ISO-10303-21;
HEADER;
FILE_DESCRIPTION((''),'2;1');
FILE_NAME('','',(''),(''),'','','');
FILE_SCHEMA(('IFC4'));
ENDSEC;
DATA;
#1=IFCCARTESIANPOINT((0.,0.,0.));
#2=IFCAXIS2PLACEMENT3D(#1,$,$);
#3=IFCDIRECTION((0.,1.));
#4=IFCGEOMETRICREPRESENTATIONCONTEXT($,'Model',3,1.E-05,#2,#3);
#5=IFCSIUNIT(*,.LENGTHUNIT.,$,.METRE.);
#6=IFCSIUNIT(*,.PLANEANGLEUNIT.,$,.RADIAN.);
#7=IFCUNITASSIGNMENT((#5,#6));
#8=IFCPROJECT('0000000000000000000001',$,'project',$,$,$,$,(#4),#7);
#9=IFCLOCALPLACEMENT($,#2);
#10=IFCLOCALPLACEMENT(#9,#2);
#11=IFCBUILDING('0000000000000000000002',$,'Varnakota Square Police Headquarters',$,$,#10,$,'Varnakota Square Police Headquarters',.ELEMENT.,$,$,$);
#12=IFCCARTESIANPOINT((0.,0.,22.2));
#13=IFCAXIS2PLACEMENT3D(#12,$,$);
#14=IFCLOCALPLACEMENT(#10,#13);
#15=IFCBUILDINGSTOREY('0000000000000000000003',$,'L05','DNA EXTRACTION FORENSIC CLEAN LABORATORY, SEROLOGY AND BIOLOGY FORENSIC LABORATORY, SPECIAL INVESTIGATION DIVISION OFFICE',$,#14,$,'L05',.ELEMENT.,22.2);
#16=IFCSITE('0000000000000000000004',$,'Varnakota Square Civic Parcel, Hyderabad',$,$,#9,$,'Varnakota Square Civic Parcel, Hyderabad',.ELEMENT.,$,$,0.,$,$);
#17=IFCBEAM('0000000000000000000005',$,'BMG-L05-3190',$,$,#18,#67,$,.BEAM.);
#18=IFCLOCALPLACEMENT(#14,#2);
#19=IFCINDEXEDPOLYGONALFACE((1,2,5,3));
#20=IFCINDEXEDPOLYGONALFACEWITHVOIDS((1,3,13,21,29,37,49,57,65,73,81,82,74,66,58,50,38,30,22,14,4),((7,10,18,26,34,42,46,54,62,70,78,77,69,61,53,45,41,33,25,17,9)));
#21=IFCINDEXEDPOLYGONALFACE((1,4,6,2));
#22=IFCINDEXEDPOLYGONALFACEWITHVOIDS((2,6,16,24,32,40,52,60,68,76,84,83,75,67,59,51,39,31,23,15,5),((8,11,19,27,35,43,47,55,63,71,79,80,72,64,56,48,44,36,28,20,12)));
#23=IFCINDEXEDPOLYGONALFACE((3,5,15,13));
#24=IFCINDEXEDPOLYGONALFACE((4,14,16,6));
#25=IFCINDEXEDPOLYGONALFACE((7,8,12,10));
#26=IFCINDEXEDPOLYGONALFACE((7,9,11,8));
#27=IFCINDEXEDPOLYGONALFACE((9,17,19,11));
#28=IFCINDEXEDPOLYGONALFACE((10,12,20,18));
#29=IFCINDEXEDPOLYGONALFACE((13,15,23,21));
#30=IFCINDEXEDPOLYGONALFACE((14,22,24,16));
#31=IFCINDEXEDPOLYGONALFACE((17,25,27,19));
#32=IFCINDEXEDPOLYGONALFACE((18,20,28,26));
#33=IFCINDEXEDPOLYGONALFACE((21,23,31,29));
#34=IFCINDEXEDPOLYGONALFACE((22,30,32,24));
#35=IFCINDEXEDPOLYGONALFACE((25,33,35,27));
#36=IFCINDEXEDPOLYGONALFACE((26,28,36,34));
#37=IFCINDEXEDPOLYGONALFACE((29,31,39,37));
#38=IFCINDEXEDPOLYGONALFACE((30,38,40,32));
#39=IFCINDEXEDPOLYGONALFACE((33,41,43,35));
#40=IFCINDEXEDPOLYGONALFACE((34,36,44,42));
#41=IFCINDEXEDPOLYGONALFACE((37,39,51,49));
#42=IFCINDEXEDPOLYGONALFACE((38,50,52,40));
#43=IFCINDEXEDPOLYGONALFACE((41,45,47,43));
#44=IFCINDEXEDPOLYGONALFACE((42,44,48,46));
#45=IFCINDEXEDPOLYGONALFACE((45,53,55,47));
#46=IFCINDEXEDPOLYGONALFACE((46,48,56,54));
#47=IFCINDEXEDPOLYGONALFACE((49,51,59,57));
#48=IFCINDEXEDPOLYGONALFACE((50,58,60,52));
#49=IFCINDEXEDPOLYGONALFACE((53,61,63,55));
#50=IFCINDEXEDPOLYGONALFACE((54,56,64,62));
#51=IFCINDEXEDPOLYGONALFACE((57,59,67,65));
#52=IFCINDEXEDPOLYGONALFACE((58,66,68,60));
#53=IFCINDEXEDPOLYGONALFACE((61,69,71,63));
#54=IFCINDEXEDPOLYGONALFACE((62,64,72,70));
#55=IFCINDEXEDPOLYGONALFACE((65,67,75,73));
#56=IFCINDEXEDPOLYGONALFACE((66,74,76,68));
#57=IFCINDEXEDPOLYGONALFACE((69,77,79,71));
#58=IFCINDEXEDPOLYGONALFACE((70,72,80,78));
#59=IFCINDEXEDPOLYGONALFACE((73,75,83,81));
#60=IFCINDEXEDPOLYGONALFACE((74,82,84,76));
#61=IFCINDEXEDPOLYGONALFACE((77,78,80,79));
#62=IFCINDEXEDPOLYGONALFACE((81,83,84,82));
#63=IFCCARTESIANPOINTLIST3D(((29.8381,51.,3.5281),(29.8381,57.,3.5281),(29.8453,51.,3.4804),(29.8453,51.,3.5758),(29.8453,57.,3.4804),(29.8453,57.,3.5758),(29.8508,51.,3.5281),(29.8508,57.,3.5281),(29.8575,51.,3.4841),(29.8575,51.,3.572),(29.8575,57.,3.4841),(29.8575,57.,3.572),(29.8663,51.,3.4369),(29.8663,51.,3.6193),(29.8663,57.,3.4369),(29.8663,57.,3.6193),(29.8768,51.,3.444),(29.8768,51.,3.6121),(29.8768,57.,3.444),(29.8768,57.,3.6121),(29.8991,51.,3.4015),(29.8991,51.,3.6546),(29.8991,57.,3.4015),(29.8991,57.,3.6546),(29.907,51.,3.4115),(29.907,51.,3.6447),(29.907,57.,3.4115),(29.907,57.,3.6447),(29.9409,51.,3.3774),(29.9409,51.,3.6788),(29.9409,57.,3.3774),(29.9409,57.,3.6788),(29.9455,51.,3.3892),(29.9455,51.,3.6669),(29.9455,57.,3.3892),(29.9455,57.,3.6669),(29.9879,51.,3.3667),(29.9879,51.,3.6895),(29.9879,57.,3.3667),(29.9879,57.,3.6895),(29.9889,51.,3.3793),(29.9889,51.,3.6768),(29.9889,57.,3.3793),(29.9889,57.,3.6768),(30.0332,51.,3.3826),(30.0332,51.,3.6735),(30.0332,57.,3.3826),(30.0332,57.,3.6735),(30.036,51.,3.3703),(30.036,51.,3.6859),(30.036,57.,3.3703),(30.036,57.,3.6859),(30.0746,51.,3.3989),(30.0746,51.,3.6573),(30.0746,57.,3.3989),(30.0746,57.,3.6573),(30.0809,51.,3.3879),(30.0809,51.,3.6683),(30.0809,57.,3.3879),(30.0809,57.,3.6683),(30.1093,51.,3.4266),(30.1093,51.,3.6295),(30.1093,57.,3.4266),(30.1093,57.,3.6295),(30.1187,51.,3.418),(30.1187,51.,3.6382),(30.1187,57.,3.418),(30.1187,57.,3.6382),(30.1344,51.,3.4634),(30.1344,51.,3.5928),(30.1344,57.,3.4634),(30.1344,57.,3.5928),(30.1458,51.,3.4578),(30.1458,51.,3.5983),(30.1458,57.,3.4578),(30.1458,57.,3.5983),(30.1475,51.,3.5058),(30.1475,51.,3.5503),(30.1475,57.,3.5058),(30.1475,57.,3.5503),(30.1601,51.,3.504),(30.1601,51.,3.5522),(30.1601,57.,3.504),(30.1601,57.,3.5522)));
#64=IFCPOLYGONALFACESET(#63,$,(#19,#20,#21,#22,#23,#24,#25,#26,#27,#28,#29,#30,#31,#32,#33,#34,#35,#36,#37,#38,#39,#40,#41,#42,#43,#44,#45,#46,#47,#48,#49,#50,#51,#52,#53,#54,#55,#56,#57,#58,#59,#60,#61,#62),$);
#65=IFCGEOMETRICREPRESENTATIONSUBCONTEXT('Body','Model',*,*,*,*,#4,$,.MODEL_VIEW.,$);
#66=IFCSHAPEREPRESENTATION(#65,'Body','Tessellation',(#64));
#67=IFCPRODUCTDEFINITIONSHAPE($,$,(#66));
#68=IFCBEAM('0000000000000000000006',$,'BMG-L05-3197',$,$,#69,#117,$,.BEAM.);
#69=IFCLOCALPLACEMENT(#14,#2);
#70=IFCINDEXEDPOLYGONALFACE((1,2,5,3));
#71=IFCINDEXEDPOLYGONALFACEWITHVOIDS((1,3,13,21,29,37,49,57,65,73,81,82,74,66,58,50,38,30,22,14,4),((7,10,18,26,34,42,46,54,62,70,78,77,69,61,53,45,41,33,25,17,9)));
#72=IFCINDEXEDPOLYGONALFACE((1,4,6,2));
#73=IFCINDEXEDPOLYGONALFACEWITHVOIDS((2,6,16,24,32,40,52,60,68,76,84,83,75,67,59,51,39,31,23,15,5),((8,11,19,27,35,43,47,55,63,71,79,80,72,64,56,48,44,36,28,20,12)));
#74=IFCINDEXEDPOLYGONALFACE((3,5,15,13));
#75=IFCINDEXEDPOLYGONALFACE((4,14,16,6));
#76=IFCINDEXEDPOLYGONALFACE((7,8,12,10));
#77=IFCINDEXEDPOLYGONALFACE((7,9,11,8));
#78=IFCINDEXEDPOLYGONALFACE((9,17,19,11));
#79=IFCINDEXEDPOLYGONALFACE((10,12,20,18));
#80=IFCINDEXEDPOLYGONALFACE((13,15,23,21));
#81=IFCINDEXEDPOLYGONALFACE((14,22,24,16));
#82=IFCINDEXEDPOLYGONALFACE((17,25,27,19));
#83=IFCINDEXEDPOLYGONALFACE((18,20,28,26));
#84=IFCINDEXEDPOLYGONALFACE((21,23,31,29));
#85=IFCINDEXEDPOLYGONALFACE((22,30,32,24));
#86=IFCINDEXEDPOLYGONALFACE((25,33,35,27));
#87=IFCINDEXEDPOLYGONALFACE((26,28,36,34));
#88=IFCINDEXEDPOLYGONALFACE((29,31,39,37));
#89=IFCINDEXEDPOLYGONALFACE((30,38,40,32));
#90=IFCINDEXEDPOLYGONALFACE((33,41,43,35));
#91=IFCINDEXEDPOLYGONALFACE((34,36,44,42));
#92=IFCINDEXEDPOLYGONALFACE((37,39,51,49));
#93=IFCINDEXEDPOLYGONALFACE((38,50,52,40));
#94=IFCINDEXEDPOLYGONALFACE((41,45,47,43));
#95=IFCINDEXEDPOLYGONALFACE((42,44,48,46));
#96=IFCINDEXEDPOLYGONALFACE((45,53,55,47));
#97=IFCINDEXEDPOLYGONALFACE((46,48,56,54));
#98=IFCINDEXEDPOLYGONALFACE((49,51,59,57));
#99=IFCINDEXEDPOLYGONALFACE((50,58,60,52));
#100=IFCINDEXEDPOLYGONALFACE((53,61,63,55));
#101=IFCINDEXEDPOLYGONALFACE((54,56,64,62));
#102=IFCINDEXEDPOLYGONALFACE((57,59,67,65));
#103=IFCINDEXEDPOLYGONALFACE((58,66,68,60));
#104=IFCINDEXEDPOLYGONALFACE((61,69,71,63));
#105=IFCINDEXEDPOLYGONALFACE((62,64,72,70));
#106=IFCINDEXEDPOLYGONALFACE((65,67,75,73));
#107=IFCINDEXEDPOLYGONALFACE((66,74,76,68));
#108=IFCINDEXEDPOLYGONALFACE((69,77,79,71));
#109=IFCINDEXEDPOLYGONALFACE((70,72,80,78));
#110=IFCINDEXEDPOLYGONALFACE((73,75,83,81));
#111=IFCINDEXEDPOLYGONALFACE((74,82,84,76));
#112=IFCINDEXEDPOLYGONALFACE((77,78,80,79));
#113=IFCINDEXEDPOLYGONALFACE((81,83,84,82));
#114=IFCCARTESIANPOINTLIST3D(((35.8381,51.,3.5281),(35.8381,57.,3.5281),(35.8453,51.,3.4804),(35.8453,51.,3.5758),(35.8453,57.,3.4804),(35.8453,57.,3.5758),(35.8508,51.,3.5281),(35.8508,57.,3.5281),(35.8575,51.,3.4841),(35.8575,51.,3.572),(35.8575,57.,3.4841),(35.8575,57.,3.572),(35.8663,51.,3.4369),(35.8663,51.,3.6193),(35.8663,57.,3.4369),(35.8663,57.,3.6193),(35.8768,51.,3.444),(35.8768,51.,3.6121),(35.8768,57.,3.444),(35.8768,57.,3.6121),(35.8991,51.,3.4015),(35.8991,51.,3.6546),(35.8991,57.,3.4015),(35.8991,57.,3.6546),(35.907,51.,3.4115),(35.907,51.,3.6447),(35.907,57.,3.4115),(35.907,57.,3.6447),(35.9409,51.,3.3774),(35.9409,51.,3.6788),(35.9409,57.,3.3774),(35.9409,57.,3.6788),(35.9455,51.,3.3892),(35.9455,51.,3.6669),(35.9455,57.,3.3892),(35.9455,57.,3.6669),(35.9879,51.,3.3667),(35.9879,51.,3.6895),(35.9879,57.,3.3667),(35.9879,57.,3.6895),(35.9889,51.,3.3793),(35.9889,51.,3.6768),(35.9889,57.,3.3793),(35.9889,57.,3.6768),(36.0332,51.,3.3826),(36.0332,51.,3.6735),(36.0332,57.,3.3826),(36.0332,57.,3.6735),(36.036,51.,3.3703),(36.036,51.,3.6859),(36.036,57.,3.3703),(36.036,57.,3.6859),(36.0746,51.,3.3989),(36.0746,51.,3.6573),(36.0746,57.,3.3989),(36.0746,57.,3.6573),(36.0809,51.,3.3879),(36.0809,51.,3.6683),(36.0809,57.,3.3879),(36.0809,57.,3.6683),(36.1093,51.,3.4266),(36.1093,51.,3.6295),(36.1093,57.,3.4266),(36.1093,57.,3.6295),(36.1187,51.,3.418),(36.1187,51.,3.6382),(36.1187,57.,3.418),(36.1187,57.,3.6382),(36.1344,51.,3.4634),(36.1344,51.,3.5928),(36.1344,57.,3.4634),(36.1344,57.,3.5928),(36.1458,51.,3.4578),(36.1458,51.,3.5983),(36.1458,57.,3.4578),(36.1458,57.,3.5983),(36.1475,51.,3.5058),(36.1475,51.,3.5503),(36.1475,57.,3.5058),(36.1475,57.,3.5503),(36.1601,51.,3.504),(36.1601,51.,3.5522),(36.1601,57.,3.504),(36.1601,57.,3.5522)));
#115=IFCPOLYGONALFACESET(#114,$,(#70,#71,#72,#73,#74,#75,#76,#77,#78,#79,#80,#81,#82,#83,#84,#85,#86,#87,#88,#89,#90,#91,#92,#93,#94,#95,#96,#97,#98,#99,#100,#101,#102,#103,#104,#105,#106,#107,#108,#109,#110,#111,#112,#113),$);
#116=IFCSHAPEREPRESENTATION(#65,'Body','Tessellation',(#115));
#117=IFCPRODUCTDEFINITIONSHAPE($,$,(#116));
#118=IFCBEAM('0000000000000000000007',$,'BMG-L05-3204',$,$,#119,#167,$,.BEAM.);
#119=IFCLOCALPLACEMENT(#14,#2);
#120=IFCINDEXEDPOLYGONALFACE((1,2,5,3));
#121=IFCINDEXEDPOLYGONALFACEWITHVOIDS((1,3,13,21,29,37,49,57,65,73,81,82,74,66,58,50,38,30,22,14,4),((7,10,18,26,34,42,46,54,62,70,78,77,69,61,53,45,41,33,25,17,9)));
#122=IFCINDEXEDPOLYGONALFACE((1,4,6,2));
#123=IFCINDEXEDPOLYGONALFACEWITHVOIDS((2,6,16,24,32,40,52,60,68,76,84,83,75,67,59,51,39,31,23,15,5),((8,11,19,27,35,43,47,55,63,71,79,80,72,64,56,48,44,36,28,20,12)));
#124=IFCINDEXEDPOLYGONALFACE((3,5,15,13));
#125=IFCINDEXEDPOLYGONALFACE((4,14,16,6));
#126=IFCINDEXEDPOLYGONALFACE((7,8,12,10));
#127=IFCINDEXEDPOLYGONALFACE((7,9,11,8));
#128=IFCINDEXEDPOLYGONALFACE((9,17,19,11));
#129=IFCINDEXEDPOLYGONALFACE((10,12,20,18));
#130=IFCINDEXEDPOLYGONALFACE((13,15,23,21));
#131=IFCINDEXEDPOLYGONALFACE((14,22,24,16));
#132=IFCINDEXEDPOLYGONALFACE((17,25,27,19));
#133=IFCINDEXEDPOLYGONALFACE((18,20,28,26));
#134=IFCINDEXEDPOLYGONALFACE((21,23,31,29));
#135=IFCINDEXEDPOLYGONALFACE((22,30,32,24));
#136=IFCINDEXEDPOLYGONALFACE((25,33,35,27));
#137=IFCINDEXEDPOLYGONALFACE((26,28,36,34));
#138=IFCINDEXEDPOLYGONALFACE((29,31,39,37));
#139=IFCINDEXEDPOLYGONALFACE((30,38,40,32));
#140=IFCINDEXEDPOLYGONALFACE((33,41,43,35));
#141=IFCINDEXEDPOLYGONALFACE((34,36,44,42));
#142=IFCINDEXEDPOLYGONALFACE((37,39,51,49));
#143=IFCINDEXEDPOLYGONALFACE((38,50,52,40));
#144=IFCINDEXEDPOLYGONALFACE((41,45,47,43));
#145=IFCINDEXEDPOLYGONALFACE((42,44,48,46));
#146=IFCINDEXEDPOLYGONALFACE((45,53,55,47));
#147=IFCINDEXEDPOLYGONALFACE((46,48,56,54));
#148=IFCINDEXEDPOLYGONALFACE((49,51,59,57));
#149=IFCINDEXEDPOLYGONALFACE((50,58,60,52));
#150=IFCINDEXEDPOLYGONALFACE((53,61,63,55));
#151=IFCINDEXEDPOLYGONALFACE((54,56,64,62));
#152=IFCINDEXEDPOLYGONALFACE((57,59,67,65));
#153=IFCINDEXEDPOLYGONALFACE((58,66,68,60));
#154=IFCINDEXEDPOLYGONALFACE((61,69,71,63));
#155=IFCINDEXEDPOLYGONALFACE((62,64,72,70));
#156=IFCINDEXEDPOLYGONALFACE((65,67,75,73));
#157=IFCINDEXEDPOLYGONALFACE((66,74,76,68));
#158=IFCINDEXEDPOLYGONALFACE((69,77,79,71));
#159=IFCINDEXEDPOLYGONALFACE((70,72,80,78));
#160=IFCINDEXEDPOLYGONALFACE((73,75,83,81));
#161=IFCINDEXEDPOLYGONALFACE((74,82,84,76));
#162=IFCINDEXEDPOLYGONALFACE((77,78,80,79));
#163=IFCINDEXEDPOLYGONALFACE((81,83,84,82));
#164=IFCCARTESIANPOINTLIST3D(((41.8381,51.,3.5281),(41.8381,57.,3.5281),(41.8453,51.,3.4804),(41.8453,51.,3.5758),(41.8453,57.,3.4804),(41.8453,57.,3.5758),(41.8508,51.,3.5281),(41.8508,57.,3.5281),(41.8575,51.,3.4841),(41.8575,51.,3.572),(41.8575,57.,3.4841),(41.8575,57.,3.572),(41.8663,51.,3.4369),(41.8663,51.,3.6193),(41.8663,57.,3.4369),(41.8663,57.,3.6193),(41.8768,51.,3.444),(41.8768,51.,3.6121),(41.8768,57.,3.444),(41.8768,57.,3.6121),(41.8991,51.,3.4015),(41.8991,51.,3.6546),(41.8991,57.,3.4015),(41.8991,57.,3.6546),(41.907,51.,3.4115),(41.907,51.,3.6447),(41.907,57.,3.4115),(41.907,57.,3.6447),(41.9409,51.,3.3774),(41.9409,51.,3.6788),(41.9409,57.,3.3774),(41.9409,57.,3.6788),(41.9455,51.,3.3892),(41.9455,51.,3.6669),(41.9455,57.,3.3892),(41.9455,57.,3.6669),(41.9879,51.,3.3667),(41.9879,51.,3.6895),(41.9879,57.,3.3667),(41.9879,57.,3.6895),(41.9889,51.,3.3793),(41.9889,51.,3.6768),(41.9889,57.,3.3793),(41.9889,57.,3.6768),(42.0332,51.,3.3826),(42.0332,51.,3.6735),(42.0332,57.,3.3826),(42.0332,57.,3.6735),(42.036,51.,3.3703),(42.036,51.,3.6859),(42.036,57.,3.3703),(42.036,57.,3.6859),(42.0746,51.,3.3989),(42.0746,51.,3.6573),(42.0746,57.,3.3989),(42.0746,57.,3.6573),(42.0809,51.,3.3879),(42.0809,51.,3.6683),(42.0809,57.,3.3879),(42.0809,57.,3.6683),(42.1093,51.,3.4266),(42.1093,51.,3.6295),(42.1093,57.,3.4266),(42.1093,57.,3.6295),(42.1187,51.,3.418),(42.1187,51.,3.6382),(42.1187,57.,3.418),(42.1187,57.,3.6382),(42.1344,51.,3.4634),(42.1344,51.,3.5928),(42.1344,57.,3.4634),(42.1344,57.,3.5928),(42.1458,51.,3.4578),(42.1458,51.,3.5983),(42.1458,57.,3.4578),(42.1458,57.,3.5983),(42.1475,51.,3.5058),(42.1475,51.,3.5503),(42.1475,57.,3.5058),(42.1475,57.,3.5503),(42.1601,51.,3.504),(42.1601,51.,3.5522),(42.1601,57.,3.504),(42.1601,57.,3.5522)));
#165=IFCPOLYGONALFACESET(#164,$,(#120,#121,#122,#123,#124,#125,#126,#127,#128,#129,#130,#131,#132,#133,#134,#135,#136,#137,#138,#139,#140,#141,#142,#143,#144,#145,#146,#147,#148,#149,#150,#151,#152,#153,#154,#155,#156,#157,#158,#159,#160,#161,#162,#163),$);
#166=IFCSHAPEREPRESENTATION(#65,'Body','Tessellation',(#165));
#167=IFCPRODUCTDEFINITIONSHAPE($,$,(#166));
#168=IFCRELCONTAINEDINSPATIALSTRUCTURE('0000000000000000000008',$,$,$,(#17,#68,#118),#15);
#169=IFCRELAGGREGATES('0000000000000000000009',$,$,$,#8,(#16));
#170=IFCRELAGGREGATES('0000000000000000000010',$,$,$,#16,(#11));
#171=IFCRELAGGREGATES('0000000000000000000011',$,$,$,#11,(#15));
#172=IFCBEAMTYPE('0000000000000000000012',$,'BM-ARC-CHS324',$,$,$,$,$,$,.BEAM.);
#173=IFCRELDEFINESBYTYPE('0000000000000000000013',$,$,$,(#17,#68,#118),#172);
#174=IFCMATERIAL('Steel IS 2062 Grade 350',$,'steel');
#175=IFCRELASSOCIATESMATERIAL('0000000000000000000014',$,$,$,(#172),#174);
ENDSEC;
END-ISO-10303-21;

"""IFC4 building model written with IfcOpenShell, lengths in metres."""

from ifc_helpers import new_model, si_unit, direction, frame, origin, origin_2d, place, context, subcontext, project, spatial, hollow_circle, extrude, material, material_profile, profile_set, type_object, element, save


model = new_model("IFC4")

# Units and contexts
model_context = context("Model", 3, precision=1e-05, world=origin(), true_north=direction((0.0, 1.0)))
body_context = subcontext(model_context, "Body", "Model", "MODEL_VIEW")
ifc_project = project(units=[si_unit("LENGTHUNIT", "METRE"), si_unit("PLANEANGLEUNIT", "RADIAN")], contexts=[model_context])

# Site, building, storey
site_placement = place(None, origin())
site = spatial("IfcSite", under=ifc_project, at=site_placement, Name="Varnakota Square Civic Parcel, Hyderabad", LongName="Varnakota Square Civic Parcel, Hyderabad", CompositionType="ELEMENT", RefElevation=0.0)
building_placement = place(site_placement, origin())
building = spatial("IfcBuilding", under=site, at=building_placement, Name="Varnakota Square Police Headquarters", LongName="Varnakota Square Police Headquarters", CompositionType="ELEMENT")
storey_placement = place(building_placement, frame((0.0, 0.0, 22.2)))
storey = spatial("IfcBuildingStorey", under=building, at=storey_placement, Name="L05", Description="DNA EXTRACTION FORENSIC CLEAN LABORATORY, SEROLOGY AND BIOLOGY FORENSIC LABORATORY, SPECIAL INVESTIGATION DIVISION OFFICE", LongName="L05", CompositionType="ELEMENT", Elevation=22.2)

# Shared definitions
ifc_material_1 = material(Name="Steel IS 2062 Grade 350", Category="steel")

# Beams
ifc_material_profile_1 = material_profile(ifc_material_1, hollow_circle(Radius=0.1619, WallThickness=0.0127, at=origin_2d()), Name="CHS 323.9x12.7")
ifc_profile_set_1 = profile_set([ifc_material_profile_1], Name="Steel IS 2062 Grade 350")
beam_type_1 = type_object("IfcBeamType", Name="BM-ARC-CHS324", PredefinedType="BEAM", material=ifc_profile_set_1)
for number, where, z_axis, x_axis, name in (
    (1, (30.0, 51.0, 3.5281), (0.0, 1.0, 0.0), (-1.0, 0.0, 0.0), "BMG-L05-3190"),
    (2, (36.0, 51.0, 3.5281), (0.0, 1.0, 0.0), (-1.0, 0.0, 0.0), "BMG-L05-3197"),
    (3, (42.0, 51.0, 3.5281), (0.0, 1.0, 0.0), (-1.0, 0.0, 0.0), "BMG-L05-3204"),
):
    element("IfcBeam", number, at=place(storey_placement, frame(where, z_axis=z_axis, x_axis=x_axis)), inside=storey, type_object=beam_type_1, Name=name, PredefinedType="BEAM", context=body_context, shape_type="SweptSolid", body=[
        extrude(hollow_circle(Radius=0.1619, WallThickness=0.0127, at=origin_2d()), origin(), (0.0, 0.0, 1.0), 6.0),
    ])

save(model, "model.ifc")
